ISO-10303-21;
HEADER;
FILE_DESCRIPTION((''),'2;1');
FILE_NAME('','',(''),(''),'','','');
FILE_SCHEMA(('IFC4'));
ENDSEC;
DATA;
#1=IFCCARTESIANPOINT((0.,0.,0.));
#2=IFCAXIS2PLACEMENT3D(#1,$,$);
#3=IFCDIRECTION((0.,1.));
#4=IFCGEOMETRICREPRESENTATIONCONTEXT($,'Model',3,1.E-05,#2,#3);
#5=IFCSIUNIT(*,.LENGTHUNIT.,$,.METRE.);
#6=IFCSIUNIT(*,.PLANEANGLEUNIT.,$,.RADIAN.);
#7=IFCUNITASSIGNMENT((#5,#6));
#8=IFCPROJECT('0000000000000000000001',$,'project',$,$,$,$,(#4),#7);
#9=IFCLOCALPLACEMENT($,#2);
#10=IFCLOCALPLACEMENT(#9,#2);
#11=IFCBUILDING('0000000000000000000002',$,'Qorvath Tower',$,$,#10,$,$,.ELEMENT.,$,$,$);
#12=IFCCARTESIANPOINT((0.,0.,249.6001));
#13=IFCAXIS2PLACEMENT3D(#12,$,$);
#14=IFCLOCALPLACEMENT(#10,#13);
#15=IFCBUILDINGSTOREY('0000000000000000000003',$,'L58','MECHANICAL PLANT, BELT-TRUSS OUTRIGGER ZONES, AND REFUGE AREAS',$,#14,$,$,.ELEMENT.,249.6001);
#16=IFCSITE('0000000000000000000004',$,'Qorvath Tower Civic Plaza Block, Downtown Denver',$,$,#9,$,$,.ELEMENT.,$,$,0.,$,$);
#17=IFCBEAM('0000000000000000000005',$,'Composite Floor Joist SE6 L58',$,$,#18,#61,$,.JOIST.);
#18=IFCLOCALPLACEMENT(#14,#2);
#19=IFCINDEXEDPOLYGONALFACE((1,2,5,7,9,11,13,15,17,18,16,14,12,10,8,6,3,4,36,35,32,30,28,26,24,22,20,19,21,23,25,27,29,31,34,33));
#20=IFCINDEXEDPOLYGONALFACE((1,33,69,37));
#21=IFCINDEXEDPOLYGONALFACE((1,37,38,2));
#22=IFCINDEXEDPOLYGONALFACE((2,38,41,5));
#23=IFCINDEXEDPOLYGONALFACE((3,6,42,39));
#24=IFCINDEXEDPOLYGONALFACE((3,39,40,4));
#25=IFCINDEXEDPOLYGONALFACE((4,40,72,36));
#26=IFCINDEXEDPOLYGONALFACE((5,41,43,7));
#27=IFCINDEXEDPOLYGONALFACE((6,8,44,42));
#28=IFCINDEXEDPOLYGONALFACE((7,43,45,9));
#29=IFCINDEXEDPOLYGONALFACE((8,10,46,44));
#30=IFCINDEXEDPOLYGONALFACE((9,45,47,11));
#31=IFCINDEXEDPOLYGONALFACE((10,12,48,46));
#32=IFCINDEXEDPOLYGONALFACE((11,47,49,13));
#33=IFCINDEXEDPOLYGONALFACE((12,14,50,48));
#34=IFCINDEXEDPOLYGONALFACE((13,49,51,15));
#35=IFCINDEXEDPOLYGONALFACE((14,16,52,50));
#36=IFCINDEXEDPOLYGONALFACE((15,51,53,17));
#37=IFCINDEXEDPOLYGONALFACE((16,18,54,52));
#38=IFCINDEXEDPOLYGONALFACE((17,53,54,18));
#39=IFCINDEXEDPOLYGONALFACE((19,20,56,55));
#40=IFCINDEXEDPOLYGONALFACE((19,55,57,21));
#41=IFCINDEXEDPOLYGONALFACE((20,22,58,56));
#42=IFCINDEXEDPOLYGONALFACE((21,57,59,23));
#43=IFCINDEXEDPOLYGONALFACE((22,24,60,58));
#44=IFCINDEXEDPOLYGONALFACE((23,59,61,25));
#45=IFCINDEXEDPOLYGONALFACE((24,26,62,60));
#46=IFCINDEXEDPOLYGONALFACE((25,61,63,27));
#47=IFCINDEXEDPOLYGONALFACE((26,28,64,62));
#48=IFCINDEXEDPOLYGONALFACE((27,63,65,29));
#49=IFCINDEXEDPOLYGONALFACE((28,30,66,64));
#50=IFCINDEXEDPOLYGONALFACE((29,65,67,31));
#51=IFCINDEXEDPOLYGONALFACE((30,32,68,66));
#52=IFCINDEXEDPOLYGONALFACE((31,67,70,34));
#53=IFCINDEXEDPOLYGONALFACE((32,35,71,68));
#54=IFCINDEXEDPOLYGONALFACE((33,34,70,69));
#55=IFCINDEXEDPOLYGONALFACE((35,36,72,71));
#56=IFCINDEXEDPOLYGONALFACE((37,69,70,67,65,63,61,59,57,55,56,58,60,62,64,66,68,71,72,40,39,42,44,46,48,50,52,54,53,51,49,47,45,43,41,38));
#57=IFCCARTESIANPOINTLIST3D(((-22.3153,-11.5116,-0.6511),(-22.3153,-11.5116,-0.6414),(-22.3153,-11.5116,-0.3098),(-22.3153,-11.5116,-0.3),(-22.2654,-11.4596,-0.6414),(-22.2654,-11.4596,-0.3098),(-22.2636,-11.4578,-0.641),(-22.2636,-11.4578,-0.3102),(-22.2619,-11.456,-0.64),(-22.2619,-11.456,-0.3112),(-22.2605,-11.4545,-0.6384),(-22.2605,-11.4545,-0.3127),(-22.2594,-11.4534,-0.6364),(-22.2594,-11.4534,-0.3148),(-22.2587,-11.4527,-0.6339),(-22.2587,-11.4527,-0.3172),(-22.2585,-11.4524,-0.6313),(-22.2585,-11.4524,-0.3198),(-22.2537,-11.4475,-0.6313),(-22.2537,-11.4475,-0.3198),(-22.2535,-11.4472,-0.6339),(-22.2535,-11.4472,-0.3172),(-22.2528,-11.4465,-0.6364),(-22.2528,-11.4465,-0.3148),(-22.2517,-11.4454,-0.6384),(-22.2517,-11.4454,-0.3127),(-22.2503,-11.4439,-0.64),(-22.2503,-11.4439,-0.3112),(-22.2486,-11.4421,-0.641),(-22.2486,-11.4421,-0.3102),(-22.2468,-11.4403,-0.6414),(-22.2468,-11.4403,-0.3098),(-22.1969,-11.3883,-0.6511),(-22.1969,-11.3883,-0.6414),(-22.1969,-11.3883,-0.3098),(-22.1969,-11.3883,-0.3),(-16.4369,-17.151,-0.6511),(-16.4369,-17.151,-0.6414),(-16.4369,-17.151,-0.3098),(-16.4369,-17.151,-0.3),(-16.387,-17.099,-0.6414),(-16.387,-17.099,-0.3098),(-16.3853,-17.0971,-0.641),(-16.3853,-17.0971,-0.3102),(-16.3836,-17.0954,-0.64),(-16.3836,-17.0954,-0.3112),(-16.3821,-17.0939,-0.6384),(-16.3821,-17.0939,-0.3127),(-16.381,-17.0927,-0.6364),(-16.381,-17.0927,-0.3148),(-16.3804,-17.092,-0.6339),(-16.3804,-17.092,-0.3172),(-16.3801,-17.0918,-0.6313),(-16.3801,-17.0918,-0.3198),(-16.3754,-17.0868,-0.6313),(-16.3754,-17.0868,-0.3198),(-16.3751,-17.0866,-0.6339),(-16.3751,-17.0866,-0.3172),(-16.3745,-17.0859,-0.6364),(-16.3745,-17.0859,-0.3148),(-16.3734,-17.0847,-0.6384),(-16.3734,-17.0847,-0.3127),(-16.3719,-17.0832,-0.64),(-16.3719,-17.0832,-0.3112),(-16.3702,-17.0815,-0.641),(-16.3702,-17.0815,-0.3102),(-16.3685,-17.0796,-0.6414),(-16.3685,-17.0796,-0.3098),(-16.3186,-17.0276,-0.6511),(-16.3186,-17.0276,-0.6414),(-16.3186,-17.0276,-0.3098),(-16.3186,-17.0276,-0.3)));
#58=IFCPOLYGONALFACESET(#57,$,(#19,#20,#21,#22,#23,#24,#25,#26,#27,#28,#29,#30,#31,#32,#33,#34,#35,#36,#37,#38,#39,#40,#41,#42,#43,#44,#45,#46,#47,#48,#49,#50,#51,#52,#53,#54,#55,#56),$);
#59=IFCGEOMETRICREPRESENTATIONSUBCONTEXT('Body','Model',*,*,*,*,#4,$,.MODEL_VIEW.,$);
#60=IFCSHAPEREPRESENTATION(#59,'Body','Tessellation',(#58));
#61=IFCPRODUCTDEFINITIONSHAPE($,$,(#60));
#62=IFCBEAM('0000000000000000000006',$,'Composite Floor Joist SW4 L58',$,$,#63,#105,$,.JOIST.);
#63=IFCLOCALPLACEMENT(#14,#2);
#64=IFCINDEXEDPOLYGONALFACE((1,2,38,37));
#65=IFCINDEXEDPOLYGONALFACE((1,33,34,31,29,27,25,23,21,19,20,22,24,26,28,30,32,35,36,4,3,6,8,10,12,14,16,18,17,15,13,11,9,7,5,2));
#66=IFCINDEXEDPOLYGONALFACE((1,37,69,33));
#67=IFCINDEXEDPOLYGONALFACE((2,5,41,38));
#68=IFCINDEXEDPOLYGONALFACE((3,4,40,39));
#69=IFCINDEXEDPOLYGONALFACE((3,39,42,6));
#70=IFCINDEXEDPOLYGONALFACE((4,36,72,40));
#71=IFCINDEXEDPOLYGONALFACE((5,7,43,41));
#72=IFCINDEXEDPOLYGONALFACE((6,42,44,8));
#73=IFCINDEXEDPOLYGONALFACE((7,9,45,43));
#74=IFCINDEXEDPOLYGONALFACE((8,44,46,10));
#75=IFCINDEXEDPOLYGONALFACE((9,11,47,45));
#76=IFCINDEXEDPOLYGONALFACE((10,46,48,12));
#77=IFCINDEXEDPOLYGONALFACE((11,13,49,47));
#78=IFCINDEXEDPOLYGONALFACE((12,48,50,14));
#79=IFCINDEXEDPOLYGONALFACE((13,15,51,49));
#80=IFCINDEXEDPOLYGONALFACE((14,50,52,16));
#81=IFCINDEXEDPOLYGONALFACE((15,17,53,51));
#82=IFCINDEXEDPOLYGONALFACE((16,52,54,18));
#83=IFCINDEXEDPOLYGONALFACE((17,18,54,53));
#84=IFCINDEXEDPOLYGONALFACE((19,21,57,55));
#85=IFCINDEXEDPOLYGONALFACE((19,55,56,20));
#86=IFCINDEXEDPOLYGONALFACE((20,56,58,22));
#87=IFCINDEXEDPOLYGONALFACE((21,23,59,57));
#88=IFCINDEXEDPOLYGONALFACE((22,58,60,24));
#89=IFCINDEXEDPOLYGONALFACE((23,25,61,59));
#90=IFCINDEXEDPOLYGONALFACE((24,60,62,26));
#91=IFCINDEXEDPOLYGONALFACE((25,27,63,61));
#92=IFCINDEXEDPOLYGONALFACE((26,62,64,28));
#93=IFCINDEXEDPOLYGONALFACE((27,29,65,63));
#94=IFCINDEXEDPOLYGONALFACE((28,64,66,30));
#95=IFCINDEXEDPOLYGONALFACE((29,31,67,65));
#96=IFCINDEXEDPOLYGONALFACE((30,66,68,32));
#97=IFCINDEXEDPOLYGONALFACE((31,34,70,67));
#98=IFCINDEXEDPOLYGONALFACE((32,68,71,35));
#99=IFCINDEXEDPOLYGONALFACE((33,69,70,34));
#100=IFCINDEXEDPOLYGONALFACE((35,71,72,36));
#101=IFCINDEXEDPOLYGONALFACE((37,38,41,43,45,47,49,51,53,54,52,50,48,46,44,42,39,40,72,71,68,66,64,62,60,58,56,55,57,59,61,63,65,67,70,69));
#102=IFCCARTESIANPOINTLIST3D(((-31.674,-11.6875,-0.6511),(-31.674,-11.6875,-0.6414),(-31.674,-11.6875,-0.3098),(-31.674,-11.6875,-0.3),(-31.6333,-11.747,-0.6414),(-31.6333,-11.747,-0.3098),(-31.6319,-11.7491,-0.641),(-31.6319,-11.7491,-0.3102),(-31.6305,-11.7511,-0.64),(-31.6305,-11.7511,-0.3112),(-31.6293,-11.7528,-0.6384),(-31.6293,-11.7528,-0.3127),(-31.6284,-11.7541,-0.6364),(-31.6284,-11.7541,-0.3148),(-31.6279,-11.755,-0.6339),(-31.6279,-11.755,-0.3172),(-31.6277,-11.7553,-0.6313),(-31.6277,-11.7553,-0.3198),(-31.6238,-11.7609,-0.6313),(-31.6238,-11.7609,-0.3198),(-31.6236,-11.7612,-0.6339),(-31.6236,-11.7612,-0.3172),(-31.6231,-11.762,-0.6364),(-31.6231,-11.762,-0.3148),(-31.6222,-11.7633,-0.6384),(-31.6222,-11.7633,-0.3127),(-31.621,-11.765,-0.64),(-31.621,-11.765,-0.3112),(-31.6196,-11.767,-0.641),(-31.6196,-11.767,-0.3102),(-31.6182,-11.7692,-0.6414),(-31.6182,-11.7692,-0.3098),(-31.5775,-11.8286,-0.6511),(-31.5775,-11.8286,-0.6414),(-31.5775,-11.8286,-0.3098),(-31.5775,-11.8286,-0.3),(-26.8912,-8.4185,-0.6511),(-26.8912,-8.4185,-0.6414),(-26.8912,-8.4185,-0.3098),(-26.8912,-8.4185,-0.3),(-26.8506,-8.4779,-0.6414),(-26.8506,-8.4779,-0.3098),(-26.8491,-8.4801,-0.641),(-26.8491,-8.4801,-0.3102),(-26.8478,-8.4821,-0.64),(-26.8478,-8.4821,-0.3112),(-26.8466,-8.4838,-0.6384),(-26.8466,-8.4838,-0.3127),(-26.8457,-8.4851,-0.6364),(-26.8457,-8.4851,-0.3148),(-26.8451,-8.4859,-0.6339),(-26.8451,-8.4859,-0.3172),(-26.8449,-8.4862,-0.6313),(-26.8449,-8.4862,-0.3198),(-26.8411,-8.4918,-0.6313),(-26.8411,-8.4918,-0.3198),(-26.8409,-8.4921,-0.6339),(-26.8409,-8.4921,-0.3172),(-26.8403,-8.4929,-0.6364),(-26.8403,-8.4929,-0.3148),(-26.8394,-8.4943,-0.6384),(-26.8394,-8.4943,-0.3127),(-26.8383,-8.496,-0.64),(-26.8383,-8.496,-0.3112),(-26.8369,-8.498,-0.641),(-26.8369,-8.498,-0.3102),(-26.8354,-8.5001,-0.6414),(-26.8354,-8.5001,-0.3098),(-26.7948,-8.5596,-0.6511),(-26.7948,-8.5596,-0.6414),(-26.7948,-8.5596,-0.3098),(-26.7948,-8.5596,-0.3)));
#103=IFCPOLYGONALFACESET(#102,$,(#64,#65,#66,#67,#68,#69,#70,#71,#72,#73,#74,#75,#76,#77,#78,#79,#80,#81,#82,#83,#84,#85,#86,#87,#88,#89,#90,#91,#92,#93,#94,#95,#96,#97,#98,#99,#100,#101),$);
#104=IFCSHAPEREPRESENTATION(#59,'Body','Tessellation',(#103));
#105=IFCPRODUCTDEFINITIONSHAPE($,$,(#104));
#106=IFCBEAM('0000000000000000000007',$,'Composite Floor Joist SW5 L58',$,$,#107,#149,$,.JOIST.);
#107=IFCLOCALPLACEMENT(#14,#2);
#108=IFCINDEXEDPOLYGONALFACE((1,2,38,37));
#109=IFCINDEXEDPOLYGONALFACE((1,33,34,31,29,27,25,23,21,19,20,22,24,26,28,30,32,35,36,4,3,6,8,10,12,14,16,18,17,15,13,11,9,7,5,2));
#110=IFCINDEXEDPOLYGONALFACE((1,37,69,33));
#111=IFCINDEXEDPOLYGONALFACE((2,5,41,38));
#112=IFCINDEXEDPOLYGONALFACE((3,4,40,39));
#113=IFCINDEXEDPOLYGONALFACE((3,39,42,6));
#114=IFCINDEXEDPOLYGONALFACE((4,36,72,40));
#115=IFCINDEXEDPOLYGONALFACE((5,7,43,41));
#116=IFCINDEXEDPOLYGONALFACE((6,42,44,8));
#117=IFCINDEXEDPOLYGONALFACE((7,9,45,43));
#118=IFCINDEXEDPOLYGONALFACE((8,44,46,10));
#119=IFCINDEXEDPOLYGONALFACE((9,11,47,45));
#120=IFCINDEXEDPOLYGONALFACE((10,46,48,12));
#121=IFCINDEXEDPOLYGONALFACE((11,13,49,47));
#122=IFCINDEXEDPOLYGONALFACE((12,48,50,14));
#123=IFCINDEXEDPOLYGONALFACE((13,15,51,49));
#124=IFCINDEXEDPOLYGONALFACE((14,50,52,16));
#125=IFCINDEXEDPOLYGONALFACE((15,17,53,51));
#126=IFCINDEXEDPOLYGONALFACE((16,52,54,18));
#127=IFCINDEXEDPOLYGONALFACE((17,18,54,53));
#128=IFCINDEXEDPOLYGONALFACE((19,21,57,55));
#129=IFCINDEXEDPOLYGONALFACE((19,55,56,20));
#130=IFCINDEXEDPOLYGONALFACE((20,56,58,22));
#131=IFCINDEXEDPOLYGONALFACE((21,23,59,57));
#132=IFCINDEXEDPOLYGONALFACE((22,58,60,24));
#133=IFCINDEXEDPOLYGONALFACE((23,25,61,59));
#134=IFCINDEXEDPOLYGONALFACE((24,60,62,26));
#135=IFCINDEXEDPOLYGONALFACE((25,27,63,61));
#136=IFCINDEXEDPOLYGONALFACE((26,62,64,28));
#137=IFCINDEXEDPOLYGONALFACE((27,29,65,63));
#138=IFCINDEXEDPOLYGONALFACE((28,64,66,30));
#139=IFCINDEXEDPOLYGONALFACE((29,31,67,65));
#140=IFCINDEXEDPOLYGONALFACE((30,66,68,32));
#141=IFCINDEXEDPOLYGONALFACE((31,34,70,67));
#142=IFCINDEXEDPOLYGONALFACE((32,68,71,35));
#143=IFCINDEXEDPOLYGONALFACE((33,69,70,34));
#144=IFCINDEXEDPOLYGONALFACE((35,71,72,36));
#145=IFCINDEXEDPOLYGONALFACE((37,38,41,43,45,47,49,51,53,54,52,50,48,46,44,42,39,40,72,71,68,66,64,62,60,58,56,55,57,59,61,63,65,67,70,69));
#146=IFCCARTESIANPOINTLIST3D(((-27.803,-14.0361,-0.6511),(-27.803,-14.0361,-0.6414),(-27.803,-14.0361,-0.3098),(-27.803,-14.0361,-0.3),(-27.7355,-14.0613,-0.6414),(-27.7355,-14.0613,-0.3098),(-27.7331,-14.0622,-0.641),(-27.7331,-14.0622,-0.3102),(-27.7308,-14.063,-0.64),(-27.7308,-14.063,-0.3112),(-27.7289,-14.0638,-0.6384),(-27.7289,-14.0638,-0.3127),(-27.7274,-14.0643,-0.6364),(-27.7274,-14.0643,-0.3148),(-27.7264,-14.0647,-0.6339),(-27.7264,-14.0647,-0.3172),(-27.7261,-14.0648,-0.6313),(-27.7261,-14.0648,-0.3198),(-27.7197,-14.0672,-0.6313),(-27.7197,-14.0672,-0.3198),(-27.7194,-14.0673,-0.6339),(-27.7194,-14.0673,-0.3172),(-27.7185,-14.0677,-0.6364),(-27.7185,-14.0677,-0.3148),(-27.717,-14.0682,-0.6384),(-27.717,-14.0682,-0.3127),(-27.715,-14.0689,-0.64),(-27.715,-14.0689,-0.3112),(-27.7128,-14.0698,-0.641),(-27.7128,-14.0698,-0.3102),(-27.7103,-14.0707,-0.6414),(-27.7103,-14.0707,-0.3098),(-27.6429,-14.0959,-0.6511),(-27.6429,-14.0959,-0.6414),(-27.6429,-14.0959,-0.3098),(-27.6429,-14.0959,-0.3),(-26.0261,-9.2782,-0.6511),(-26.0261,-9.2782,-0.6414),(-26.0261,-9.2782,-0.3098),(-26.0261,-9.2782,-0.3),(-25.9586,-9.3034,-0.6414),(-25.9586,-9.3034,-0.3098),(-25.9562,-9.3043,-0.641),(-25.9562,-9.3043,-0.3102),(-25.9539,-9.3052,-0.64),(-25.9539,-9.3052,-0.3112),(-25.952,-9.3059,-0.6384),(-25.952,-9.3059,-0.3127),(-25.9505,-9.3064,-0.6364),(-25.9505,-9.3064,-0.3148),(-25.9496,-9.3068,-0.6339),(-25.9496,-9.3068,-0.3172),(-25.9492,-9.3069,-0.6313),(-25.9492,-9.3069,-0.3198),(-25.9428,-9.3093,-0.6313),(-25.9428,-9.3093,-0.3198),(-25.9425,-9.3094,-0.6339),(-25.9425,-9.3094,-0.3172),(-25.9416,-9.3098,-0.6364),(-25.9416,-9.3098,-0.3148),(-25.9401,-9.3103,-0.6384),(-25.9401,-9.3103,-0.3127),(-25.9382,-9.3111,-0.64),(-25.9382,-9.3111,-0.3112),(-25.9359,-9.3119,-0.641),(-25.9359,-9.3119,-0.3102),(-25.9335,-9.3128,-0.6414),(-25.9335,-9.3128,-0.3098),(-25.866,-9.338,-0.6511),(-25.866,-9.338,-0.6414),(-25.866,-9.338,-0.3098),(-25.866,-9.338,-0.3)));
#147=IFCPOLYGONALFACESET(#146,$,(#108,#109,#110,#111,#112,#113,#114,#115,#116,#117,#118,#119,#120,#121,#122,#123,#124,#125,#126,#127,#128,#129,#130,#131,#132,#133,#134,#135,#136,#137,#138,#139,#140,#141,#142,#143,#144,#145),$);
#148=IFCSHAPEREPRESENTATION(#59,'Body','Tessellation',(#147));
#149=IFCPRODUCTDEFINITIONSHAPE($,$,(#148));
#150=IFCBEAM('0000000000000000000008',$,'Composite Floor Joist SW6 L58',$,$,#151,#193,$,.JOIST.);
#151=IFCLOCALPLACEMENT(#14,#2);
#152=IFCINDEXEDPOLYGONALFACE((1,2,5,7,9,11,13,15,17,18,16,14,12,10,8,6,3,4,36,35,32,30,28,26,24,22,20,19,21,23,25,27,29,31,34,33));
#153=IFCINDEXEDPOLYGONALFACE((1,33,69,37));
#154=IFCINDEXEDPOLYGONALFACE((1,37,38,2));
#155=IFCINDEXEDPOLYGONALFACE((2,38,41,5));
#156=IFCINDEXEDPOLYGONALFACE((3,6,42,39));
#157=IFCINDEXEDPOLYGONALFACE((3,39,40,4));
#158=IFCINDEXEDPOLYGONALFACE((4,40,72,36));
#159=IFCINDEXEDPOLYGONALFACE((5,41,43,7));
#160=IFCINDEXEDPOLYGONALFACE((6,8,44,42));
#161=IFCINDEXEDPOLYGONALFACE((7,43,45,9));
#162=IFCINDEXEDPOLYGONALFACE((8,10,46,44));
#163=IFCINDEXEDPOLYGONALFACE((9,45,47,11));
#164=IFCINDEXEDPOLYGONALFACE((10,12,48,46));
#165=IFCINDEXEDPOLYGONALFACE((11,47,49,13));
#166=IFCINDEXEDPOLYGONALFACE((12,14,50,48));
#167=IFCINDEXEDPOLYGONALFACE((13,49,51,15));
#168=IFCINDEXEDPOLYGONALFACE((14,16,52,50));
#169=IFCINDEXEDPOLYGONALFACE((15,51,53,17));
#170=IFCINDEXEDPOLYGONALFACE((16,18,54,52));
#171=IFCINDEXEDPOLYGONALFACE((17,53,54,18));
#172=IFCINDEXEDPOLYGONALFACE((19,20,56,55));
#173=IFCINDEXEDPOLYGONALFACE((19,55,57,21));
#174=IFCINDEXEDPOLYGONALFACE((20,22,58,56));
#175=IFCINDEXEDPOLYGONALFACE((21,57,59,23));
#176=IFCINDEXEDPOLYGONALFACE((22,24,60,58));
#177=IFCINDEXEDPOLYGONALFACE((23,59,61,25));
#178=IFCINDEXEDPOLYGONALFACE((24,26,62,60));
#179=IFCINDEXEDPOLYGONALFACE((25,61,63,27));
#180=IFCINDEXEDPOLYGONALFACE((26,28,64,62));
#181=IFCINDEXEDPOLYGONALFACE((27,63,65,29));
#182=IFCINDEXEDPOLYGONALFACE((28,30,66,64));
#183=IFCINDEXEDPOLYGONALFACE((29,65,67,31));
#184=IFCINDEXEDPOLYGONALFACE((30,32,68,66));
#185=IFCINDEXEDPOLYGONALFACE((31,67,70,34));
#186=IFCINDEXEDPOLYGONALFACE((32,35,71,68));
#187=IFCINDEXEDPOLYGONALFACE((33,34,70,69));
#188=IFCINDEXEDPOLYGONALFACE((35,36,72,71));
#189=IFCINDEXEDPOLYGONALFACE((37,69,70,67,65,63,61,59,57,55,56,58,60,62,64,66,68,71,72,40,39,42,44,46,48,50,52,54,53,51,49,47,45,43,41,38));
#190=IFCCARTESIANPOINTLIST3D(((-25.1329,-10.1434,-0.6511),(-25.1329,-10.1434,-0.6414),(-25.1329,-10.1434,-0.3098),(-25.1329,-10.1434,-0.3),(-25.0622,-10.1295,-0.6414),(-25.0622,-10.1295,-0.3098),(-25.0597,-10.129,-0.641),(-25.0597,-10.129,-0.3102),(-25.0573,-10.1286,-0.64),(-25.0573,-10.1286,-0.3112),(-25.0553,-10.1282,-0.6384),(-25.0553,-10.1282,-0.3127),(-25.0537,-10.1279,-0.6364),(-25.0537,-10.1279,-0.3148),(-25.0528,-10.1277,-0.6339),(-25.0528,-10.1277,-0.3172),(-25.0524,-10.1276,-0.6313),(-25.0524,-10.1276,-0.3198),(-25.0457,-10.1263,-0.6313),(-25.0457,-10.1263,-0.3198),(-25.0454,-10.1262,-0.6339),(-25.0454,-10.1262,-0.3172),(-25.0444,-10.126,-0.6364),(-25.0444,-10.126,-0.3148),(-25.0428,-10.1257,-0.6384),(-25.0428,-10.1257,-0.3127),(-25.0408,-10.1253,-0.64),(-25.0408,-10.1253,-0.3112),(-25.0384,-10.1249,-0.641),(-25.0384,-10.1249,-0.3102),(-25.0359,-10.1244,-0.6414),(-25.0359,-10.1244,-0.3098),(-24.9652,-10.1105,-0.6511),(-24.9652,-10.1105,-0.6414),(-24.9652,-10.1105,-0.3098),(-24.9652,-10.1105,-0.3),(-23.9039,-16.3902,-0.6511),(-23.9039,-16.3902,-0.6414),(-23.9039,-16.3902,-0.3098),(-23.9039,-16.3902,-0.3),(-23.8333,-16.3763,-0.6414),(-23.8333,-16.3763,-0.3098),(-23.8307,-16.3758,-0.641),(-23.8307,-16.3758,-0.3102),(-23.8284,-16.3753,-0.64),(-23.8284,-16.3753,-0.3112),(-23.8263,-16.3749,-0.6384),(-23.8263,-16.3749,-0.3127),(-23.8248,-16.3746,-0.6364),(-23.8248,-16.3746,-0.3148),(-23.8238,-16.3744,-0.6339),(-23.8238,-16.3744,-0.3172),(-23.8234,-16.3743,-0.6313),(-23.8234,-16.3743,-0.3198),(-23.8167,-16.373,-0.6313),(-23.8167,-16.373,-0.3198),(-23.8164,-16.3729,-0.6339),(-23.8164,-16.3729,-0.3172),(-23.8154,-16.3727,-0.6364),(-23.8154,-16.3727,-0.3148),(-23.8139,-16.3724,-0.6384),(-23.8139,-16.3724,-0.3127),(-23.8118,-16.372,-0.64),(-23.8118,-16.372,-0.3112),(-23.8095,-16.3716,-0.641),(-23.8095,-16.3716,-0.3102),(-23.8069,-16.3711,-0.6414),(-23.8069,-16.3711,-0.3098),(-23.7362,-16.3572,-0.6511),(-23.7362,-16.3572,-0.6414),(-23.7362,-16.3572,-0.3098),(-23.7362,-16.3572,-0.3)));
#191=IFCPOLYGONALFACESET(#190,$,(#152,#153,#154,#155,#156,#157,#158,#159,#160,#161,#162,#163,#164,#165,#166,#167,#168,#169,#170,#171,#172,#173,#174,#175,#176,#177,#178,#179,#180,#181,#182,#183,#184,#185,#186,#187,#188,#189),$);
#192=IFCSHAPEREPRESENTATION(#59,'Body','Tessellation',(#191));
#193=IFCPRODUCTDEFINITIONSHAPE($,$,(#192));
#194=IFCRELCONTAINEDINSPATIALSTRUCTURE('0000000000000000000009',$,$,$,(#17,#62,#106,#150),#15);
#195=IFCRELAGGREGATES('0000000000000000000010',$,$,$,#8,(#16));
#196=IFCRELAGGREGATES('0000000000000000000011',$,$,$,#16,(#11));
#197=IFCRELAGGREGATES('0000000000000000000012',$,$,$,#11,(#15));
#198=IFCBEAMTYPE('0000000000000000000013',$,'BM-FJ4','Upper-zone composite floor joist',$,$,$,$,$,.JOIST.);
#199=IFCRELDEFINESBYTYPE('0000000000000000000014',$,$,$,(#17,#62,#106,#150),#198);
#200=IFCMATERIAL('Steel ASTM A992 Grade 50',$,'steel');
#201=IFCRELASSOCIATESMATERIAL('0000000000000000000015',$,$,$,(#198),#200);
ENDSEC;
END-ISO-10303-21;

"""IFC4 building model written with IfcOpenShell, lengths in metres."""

from ifc_helpers import new_model, si_unit, direction, frame, origin, origin_2d, place, context, subcontext, project, spatial, i_section, extrude, material, material_profile, profile_set, type_object, element, save


model = new_model("IFC4")

# Units and contexts
model_context = context("Model", 3, precision=1e-05, world=origin(), true_north=direction((0.0, 1.0)))
body_context = subcontext(model_context, "Body", "Model", "MODEL_VIEW")
ifc_project = project(units=[si_unit("LENGTHUNIT", "METRE"), si_unit("PLANEANGLEUNIT", "RADIAN")], contexts=[model_context])

# Site, building, storey
site_placement = place(None, origin())
site = spatial("IfcSite", under=ifc_project, at=site_placement, Name="Qorvath Tower Civic Plaza Block, Downtown Denver", CompositionType="ELEMENT", RefElevation=0.0)
building_placement = place(site_placement, origin())
building = spatial("IfcBuilding", under=site, at=building_placement, Name="Qorvath Tower", CompositionType="ELEMENT")
storey_placement = place(building_placement, frame((0.0, 0.0, 249.6001)))
storey = spatial("IfcBuildingStorey", under=building, at=storey_placement, Name="L58", Description="MECHANICAL PLANT, BELT-TRUSS OUTRIGGER ZONES, AND REFUGE AREAS", CompositionType="ELEMENT", Elevation=249.6001)

# Beams
ifc_material_1 = material(Name="Steel ASTM A992 Grade 50", Category="steel")
ifc_material_profile_1 = material_profile(ifc_material_1, i_section(OverallWidth=0.1709, OverallDepth=0.3511, WebThickness=0.0068, FlangeThickness=0.0098, FilletRadius=0.01, at=origin_2d()), Name="W14x30")
ifc_profile_set_1 = profile_set([ifc_material_profile_1], Name="Steel ASTM A992 Grade 50")
beam_type_1 = type_object("IfcBeamType", Name="BM-FJ4", Description="Upper-zone composite floor joist", PredefinedType="JOIST", material=ifc_profile_set_1)
beam_1_placement = place(storey_placement, frame((-22.2561, -11.45, -0.4756), z_axis=(0.721625, -0.692284, 0.0), x_axis=(0.692284, 0.721625, 0.0)))
element("IfcBeam", 1, at=beam_1_placement, inside=storey, type_object=beam_type_1, Name="Composite Floor Joist SE6 L58", PredefinedType="JOIST", context=body_context, shape_type="SweptSolid", body=[
    extrude(i_section(OverallWidth=0.1709, OverallDepth=0.3511, WebThickness=0.0068, FlangeThickness=0.0098, FilletRadius=0.01, at=origin_2d()), origin(), (0.0, 0.0, 1.0), 8.146),
])
beam_2_placement = place(storey_placement, frame((-26.843, -8.489, -0.4756), z_axis=(-0.825576, -0.564291, 0.0), x_axis=(0.564291, -0.825576, 0.0)))
element("IfcBeam", 2, at=beam_2_placement, inside=storey, type_object=beam_type_1, Name="Composite Floor Joist SW4 L58", PredefinedType="JOIST", context=body_context, shape_type="SweptSolid", body=[
    extrude(i_section(OverallWidth=0.1709, OverallDepth=0.3511, WebThickness=0.0068, FlangeThickness=0.0098, FilletRadius=0.01, at=origin_2d()), origin(), (0.0, 0.0, 1.0), 5.7932),
])
beam_3_placement = place(storey_placement, frame((-25.946, -9.3081, -0.4756), z_axis=(-0.349859, -0.936802, 0.0), x_axis=(0.936802, -0.349859, 0.0)))
element("IfcBeam", 3, at=beam_3_placement, inside=storey, type_object=beam_type_1, Name="Composite Floor Joist SW5 L58", PredefinedType="JOIST", context=body_context, shape_type="SweptSolid", body=[
    extrude(i_section(OverallWidth=0.1709, OverallDepth=0.3511, WebThickness=0.0068, FlangeThickness=0.0098, FilletRadius=0.01, at=origin_2d()), origin(), (0.0, 0.0, 1.0), 5.0789),
])
beam_4_placement = place(storey_placement, frame((-25.0491, -10.127, -0.4756), z_axis=(0.19304, -0.981191, 0.0), x_axis=(0.981191, 0.19304, 0.0)))
element("IfcBeam", 4, at=beam_4_placement, inside=storey, type_object=beam_type_1, Name="Composite Floor Joist SW6 L58", PredefinedType="JOIST", context=body_context, shape_type="SweptSolid", body=[
    extrude(i_section(OverallWidth=0.1709, OverallDepth=0.3511, WebThickness=0.0068, FlangeThickness=0.0098, FilletRadius=0.01, at=origin_2d()), origin(), (0.0, 0.0, 1.0), 6.3665),
])

save(model, "model.ifc")
